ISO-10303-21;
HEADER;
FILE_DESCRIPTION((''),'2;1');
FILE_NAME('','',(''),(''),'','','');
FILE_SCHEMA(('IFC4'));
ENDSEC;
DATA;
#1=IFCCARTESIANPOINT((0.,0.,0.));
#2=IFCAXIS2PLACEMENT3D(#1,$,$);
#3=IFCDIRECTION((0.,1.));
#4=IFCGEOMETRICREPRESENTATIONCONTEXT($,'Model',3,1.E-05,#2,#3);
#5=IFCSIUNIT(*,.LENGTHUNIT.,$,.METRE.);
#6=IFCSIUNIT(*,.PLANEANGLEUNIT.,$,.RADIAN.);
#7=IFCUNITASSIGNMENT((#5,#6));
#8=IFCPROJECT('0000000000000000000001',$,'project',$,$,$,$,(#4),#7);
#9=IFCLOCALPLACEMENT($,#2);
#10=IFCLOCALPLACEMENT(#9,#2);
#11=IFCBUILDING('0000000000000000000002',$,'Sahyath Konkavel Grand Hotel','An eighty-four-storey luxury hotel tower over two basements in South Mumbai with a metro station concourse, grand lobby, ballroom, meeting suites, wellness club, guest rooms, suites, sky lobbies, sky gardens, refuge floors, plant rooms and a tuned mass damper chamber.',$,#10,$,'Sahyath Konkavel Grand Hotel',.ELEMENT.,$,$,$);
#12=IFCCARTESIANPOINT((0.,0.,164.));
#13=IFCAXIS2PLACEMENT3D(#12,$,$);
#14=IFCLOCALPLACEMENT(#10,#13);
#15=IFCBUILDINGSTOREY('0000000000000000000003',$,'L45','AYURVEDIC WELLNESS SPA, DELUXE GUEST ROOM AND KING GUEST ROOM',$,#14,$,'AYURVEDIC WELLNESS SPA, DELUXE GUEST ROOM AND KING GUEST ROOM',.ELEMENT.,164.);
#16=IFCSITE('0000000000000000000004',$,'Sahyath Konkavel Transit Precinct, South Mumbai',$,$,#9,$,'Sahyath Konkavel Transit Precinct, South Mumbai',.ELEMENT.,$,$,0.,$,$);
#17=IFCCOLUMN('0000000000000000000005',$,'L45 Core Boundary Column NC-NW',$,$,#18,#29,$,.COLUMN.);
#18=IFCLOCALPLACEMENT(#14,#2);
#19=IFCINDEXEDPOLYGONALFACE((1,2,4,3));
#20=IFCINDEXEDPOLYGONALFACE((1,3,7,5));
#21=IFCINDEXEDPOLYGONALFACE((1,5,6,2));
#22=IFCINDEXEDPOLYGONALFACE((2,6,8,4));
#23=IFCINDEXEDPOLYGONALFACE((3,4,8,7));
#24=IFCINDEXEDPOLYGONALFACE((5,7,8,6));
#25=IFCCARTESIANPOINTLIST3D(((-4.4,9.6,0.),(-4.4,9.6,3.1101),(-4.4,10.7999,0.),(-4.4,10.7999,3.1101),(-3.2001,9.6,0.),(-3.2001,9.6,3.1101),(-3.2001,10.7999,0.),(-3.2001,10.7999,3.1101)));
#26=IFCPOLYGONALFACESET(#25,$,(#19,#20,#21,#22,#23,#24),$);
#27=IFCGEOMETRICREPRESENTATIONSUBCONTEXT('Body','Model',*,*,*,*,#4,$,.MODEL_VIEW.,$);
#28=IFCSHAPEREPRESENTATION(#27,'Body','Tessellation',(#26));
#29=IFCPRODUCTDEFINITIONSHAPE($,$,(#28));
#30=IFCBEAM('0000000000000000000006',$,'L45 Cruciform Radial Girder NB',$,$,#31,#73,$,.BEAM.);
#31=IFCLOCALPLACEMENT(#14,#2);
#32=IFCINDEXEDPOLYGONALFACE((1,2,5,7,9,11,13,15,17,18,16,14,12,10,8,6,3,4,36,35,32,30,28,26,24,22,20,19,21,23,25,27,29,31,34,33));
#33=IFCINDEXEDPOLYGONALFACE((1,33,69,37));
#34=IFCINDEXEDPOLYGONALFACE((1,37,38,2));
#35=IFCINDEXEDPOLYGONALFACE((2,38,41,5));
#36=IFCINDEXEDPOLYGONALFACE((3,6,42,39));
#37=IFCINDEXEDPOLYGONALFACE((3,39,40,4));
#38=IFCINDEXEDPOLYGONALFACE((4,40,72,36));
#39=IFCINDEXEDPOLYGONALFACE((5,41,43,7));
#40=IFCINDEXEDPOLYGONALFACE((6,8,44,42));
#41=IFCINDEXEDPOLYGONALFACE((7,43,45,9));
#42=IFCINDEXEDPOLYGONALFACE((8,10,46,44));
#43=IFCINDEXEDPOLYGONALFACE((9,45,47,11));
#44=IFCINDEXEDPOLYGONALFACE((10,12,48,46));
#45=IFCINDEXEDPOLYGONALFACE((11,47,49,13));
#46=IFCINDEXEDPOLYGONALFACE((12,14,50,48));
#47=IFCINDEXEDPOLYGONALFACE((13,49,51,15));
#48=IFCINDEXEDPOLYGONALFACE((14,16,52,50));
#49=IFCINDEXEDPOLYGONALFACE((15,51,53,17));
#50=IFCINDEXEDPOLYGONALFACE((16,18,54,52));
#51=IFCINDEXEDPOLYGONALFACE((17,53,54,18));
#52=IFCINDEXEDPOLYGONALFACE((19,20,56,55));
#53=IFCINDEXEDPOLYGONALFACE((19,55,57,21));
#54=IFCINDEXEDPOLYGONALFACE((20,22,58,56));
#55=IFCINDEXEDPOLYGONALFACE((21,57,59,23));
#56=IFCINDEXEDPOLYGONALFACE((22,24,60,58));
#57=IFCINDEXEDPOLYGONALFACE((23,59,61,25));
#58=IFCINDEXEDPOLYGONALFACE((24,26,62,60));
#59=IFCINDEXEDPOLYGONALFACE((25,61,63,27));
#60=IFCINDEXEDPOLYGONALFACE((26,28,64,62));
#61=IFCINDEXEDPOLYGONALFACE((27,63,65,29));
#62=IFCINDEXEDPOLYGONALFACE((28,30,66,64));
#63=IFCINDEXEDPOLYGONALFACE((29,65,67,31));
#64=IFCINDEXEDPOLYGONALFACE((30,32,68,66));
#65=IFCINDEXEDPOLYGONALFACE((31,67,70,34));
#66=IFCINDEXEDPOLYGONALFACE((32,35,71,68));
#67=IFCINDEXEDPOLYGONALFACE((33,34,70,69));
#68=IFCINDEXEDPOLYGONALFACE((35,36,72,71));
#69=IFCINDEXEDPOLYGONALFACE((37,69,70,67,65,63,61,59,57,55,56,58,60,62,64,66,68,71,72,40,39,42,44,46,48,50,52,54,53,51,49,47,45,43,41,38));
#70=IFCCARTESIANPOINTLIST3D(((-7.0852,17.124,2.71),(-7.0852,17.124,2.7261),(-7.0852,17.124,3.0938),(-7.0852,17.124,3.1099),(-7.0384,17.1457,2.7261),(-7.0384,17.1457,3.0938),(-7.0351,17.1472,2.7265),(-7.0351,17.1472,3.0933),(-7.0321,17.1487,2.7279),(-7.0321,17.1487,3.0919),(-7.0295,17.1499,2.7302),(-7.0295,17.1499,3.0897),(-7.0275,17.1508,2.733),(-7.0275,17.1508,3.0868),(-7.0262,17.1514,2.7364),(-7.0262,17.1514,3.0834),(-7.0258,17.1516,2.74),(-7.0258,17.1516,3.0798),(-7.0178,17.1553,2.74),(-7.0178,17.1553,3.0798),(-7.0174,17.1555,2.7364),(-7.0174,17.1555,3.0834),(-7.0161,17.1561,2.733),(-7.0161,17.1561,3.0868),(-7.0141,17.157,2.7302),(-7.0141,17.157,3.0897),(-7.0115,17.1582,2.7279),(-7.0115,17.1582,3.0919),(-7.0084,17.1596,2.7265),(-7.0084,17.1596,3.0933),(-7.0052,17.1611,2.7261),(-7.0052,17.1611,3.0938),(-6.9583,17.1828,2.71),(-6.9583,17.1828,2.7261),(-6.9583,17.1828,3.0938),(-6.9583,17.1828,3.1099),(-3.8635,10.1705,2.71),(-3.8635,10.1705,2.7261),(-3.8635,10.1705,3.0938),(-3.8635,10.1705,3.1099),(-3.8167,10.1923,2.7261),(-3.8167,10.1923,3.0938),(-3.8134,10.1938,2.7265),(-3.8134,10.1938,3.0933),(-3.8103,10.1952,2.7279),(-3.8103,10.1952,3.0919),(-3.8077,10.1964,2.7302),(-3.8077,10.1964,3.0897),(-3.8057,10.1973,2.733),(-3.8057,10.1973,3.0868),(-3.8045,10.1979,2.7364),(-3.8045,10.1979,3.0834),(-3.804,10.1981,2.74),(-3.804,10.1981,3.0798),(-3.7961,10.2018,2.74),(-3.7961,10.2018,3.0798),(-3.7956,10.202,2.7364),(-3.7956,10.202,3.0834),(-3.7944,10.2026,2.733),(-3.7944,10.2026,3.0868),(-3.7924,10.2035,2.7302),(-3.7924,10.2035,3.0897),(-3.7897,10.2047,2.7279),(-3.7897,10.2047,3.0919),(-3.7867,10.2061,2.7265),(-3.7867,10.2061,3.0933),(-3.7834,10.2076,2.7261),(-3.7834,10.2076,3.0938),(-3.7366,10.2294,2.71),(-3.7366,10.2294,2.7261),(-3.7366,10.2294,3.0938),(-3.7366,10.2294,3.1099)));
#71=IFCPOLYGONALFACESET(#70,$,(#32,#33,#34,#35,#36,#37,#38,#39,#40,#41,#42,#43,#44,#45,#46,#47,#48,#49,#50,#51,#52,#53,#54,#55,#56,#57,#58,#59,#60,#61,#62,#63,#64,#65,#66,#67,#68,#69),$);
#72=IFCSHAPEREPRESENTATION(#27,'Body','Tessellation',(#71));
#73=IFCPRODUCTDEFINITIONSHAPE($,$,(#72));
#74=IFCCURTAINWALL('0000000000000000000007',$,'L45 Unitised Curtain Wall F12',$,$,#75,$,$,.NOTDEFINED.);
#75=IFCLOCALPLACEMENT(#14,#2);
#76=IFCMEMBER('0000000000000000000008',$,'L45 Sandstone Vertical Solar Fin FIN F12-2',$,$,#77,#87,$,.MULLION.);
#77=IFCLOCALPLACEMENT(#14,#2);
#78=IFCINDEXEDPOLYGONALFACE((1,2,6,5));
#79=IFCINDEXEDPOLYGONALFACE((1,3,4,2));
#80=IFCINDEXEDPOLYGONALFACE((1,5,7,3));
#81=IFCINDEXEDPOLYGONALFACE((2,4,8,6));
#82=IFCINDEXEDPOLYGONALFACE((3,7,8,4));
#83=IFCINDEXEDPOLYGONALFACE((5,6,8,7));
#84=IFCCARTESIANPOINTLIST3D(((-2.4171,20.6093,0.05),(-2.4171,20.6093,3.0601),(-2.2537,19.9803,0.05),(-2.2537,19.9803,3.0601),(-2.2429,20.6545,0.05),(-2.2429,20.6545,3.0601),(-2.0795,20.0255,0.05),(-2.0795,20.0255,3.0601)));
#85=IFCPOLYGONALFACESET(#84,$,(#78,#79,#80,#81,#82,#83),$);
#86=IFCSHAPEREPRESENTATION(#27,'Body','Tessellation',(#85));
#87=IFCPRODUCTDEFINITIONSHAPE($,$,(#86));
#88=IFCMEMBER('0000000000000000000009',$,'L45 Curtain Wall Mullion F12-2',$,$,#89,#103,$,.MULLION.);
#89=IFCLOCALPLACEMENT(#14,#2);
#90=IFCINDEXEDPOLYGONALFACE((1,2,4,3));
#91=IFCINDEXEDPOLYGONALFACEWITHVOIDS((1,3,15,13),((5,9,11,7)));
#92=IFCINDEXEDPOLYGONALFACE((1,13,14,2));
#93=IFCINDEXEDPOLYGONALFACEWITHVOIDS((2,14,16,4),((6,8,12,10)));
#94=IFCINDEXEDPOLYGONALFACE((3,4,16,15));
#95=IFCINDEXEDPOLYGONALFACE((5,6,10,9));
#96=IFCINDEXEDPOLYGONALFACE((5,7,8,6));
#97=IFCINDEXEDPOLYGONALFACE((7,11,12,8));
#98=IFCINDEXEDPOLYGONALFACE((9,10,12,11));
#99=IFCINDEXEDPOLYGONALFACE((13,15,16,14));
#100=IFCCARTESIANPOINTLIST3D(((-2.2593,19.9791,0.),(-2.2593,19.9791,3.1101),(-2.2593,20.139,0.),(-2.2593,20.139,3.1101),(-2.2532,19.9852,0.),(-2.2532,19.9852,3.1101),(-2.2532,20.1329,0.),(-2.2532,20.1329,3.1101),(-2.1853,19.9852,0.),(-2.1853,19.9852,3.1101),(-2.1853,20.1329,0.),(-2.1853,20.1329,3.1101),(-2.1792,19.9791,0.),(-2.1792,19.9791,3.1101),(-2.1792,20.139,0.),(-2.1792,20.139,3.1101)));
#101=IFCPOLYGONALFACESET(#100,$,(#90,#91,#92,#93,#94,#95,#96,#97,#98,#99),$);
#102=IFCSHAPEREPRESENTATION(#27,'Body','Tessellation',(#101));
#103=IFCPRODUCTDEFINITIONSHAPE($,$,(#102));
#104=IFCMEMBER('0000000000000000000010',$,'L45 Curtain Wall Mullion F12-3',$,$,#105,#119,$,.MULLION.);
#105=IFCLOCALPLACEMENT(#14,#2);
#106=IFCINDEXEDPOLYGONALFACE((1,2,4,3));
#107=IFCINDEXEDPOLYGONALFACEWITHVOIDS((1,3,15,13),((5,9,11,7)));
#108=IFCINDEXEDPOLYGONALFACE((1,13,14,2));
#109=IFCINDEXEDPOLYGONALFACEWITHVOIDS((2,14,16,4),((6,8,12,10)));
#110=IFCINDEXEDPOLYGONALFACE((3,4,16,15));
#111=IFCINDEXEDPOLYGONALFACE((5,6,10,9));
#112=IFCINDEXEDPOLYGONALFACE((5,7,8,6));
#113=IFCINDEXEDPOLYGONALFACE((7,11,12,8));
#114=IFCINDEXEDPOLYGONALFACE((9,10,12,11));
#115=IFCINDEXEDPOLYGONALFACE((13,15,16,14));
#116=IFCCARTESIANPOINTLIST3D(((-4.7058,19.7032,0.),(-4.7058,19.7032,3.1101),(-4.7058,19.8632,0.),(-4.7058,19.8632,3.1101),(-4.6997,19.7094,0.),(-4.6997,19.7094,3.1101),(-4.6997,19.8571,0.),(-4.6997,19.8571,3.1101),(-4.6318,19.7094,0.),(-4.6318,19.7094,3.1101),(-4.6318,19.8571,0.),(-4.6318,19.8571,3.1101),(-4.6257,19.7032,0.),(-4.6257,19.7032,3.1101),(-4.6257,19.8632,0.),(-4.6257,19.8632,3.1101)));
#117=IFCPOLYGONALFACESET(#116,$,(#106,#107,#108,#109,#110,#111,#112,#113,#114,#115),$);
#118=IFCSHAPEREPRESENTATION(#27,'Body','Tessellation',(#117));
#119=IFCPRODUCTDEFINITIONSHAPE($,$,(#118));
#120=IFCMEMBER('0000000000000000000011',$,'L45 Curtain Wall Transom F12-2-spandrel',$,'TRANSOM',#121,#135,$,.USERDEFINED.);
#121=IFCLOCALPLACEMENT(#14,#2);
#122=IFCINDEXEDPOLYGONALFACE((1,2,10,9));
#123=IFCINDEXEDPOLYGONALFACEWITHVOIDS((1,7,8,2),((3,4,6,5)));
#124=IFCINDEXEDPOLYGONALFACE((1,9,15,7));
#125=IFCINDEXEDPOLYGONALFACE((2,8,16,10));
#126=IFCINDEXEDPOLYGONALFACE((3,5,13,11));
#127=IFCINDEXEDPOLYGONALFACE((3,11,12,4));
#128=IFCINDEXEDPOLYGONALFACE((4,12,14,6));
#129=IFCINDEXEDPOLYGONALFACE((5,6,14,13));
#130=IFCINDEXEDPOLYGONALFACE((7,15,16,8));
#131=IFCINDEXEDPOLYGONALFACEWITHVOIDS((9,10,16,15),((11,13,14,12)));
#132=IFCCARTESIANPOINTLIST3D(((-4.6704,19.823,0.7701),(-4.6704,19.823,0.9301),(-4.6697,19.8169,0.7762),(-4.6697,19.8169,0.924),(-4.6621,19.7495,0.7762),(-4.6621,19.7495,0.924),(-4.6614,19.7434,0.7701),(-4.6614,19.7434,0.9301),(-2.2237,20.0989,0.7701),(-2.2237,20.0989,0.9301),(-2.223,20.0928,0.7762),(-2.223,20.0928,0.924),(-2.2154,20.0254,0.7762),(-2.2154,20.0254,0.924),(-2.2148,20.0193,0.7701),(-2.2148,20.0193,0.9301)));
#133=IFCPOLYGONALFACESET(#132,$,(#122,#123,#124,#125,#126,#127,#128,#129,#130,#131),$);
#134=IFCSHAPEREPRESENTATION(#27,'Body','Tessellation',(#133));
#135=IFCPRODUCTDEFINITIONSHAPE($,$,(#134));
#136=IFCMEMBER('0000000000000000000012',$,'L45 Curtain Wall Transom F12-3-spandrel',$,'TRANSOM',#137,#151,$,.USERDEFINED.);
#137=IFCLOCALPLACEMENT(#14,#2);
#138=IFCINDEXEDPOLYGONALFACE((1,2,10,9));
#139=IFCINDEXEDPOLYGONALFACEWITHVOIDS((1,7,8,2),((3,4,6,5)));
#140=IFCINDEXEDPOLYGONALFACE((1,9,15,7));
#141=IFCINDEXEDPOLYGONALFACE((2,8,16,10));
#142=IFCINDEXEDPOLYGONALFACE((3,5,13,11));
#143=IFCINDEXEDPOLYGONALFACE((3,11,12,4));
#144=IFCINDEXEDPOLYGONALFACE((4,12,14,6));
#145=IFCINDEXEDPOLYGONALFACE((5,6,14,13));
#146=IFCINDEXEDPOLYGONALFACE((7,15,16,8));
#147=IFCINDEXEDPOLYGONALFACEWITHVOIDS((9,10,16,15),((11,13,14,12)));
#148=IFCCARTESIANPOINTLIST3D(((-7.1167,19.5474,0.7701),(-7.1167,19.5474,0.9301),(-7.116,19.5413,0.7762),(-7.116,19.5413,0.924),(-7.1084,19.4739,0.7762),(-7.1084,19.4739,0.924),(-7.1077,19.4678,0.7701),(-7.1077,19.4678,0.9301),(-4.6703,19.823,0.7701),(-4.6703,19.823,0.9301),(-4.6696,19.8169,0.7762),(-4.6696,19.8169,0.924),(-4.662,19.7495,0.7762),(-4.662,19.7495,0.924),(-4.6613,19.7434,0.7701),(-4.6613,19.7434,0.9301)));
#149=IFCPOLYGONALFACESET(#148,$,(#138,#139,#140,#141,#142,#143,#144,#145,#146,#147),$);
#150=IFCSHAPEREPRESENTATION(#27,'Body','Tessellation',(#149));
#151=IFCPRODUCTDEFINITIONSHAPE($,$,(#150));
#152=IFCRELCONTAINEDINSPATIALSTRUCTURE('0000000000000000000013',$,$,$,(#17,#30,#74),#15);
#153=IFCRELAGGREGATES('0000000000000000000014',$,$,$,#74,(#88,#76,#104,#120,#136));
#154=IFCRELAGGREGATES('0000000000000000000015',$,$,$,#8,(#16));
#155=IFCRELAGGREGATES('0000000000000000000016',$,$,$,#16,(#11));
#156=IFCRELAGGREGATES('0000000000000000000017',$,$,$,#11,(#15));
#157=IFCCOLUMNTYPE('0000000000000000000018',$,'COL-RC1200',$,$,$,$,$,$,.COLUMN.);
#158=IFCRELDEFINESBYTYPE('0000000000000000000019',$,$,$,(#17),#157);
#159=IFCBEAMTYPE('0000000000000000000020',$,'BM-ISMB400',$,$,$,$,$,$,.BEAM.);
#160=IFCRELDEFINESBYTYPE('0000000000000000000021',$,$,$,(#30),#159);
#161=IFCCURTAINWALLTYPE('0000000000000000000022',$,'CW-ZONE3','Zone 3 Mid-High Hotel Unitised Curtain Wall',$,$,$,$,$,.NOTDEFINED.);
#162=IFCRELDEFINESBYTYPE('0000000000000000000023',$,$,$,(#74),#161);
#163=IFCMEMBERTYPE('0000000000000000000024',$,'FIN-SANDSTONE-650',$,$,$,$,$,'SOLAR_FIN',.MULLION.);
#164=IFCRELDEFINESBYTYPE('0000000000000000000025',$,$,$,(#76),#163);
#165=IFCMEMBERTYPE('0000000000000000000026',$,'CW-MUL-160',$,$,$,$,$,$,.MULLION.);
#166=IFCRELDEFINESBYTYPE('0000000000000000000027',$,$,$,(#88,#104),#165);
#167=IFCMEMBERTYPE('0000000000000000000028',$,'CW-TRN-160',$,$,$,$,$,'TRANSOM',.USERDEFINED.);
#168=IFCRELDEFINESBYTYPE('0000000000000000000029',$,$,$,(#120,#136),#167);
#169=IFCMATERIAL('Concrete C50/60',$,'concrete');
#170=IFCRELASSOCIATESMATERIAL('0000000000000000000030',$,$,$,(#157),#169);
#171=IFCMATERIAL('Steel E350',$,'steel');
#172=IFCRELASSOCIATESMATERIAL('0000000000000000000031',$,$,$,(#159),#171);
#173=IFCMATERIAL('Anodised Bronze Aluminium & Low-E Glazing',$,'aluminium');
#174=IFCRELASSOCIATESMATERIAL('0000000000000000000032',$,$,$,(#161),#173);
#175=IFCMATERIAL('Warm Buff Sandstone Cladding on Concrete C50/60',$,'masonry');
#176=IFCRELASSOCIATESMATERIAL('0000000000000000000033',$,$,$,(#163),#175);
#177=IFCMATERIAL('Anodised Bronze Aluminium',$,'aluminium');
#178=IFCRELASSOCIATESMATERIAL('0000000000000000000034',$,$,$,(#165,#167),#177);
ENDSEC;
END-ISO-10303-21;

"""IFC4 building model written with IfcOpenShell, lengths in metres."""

from ifc_helpers import new_model, si_unit, direction, frame, origin, origin_2d, place, context, subcontext, project, spatial, rectangle, hollow_rectangle, i_section, extrude, source, transform, mapped, material, material_profile, profile_set, type_object, element, aggregate, save


model = new_model("IFC4")

# Units and contexts
model_context = context("Model", 3, precision=1e-05, world=origin(), true_north=direction((0.0, 1.0)))
body_context = subcontext(model_context, "Body", "Model", "MODEL_VIEW")
ifc_project = project(units=[si_unit("LENGTHUNIT", "METRE"), si_unit("PLANEANGLEUNIT", "RADIAN")], contexts=[model_context])

# Site, building, storey
site_placement = place(None, origin())
site = spatial("IfcSite", under=ifc_project, at=site_placement, Name="Sahyath Konkavel Transit Precinct, South Mumbai", LongName="Sahyath Konkavel Transit Precinct, South Mumbai", CompositionType="ELEMENT", RefElevation=0.0)
building_placement = place(site_placement, origin())
building = spatial("IfcBuilding", under=site, at=building_placement, Name="Sahyath Konkavel Grand Hotel", Description="An eighty-four-storey luxury hotel tower over two basements in South Mumbai with a metro station concourse, grand lobby, ballroom, meeting suites, wellness club, guest rooms, suites, sky lobbies, sky gardens, refuge floors, plant rooms and a tuned mass damper chamber.", LongName="Sahyath Konkavel Grand Hotel", CompositionType="ELEMENT")
storey_placement = place(building_placement, frame((0.0, 0.0, 164.0)))
storey = spatial("IfcBuildingStorey", under=building, at=storey_placement, Name="L45", Description="AYURVEDIC WELLNESS SPA, DELUXE GUEST ROOM AND KING GUEST ROOM", LongName="AYURVEDIC WELLNESS SPA, DELUXE GUEST ROOM AND KING GUEST ROOM", CompositionType="ELEMENT", Elevation=164.0)

# Column
ifc_material_1 = material(Name="Concrete C50/60", Category="concrete")
ifc_material_profile_1 = material_profile(ifc_material_1, rectangle(XDim=1.2, YDim=1.2, at=origin_2d()), Name="RC 1200x1200")
ifc_profile_set_1 = profile_set([ifc_material_profile_1], Name="Concrete C50/60")
column_type = type_object("IfcColumnType", Name="COL-RC1200", PredefinedType="COLUMN", material=ifc_profile_set_1)
shared_shape_1 = source(origin(), body_context, "Body", "SweptSolid", [
    extrude(rectangle(XDim=1.2, YDim=1.2, at=origin_2d()), origin(), (0.0, 0.0, 1.0), 3.1101),
])
column_placement = place(storey_placement, frame((-3.8, 10.2, 0.0), z_axis=(0.0, 0.0, 1.0), x_axis=(1.0, 0.0, 0.0)))
element("IfcColumn", 1, at=column_placement, inside=storey, type_object=column_type, Name="L45 Core Boundary Column NC-NW", PredefinedType="COLUMN", context=body_context, shape_type="MappedRepresentation", body=[
    mapped(shared_shape_1, transform((0.0, 0.0, 0.0), scale=1.0)),
])

# Beam
ifc_material_2 = material(Name="Steel E350", Category="steel")
ifc_material_profile_2 = material_profile(ifc_material_2, i_section(OverallWidth=0.1399, OverallDepth=0.3999, WebThickness=0.0088, FlangeThickness=0.0161, FilletRadius=0.0139, at=origin_2d()), Name="ISMB 400")
ifc_profile_set_2 = profile_set([ifc_material_profile_2], Name="Steel E350")
beam_type_1 = type_object("IfcBeamType", Name="BM-ISMB400", PredefinedType="BEAM", material=ifc_profile_set_2)
shared_shape_2 = source(origin(), body_context, "Body", "SweptSolid", [
    extrude(i_section(OverallWidth=0.1399, OverallDepth=0.3999, WebThickness=0.0088, FlangeThickness=0.0161, FilletRadius=0.0139, at=origin_2d()), origin(), (0.0, 0.0, 1.0), 7.6636),
])
beam_1_placement = place(storey_placement, frame((-3.8, 10.2, 2.9099), z_axis=(-0.420395, 0.907341, 0.0), x_axis=(-0.907341, -0.420395, 0.0)))
element("IfcBeam", 2, at=beam_1_placement, inside=storey, type_object=beam_type_1, Name="L45 Cruciform Radial Girder NB", PredefinedType="BEAM", context=body_context, shape_type="MappedRepresentation", body=[
    mapped(shared_shape_2, transform((0.0, 0.0, 0.0), scale=1.0)),
])

# Curtain wall, members
ifc_material_3 = material(Name="Anodised Bronze Aluminium & Low-E Glazing", Category="aluminium")
curtain_wall_type = type_object("IfcCurtainWallType", Name="CW-ZONE3", Description="Zone 3 Mid-High Hotel Unitised Curtain Wall", PredefinedType="NOTDEFINED", material=ifc_material_3)
curtain_wall_placement = place(storey_placement, origin())
curtain_wall = element("IfcCurtainWall", 3, at=curtain_wall_placement, inside=storey, type_object=curtain_wall_type, Name="L45 Unitised Curtain Wall F12", PredefinedType="NOTDEFINED")
ifc_material_4 = material(Name="Warm Buff Sandstone Cladding on Concrete C50/60", Category="masonry")
ifc_material_profile_3 = material_profile(ifc_material_4, rectangle(XDim=0.1799, YDim=0.6499, at=origin_2d()), Name="FIN 180x650")
ifc_profile_set_3 = profile_set([ifc_material_profile_3], Name="Warm Buff Sandstone Cladding on Concrete C50/60")
member_type_1 = type_object("IfcMemberType", Name="FIN-SANDSTONE-650", ElementType="SOLAR_FIN", PredefinedType="MULLION", material=ifc_profile_set_3)
shared_shape_3 = source(origin(), body_context, "Body", "SweptSolid", [
    extrude(rectangle(XDim=0.1799, YDim=0.6499, at=origin_2d()), origin(), (0.0, 0.0, 1.0), 3.01),
])
member_1_placement = place(storey_placement, frame((-2.2483, 20.3174, 0.05), z_axis=(0.0, 0.0, 1.0), x_axis=(0.967885, 0.251394, 0.0)))
member_1 = element("IfcMember", 4, at=member_1_placement, type_object=member_type_1, Name="L45 Sandstone Vertical Solar Fin FIN F12-2", PredefinedType="MULLION", context=body_context, shape_type="MappedRepresentation", body=[
    mapped(shared_shape_3, transform((0.0, 0.0, 0.0), scale=1.0)),
])
ifc_material_5 = material(Name="Anodised Bronze Aluminium", Category="aluminium")
ifc_material_profile_4 = material_profile(ifc_material_5, hollow_rectangle(XDim=0.0801, YDim=0.1599, WallThickness=0.0061, at=origin_2d()), Name="RHS 160x80x6")
ifc_profile_set_4 = profile_set([ifc_material_profile_4], Name="Anodised Bronze Aluminium")
member_type_2 = type_object("IfcMemberType", Name="CW-MUL-160", PredefinedType="MULLION", material=ifc_profile_set_4)
shared_shape_4 = source(origin(), body_context, "Body", "SweptSolid", [
    extrude(hollow_rectangle(XDim=0.0801, YDim=0.1599, WallThickness=0.0061, at=origin_2d()), origin(), (0.0, 0.0, 1.0), 3.1101),
])
member_2_placement = place(storey_placement, frame((-2.2192, 20.0591, 0.0), z_axis=(0.0, 0.0, 1.0), x_axis=(1.0, 0.0, 0.0)))
member_2 = element("IfcMember", 5, at=member_2_placement, type_object=member_type_2, Name="L45 Curtain Wall Mullion F12-2", PredefinedType="MULLION", context=body_context, shape_type="MappedRepresentation", body=[
    mapped(shared_shape_4, transform((0.0, 0.0, 0.0), scale=1.0)),
])
member_3_placement = place(storey_placement, frame((-4.6658, 19.7832, 0.0), z_axis=(0.0, 0.0, 1.0), x_axis=(1.0, 0.0, 0.0)))
member_3 = element("IfcMember", 6, at=member_3_placement, type_object=member_type_2, Name="L45 Curtain Wall Mullion F12-3", PredefinedType="MULLION", context=body_context, shape_type="MappedRepresentation", body=[
    mapped(shared_shape_4, transform((0.0, 0.0, 0.0), scale=1.0)),
])
ifc_material_profile_5 = material_profile(ifc_material_5, hollow_rectangle(XDim=0.0801, YDim=0.1599, WallThickness=0.0061, at=origin_2d()), Name="RHS 160x80x6")
ifc_profile_set_5 = profile_set([ifc_material_profile_5], Name="Anodised Bronze Aluminium")
member_type_3 = type_object("IfcMemberType", Name="CW-TRN-160", ElementType="TRANSOM", PredefinedType="USERDEFINED", material=ifc_profile_set_5)
shared_shape_5 = source(origin(), body_context, "Body", "SweptSolid", [
    extrude(hollow_rectangle(XDim=0.0801, YDim=0.1599, WallThickness=0.0061, at=origin_2d()), origin(), (0.0, 0.0, 1.0), 2.4622),
])
member_4_placement = place(storey_placement, frame((-2.2192, 20.0591, 0.8501), z_axis=(-0.993702, -0.112053, 0.0), x_axis=(0.112053, -0.993702, 0.0)))
member_4 = element("IfcMember", 7, at=member_4_placement, type_object=member_type_3, Name="L45 Curtain Wall Transom F12-2-spandrel", ObjectType="TRANSOM", PredefinedType="USERDEFINED", context=body_context, shape_type="MappedRepresentation", body=[
    mapped(shared_shape_5, transform((0.0, 0.0, 0.0), scale=1.0)),
])
shared_shape_6 = source(origin(), body_context, "Body", "SweptSolid", [
    extrude(hollow_rectangle(XDim=0.0801, YDim=0.1599, WallThickness=0.0061, at=origin_2d()), origin(), (0.0, 0.0, 1.0), 2.4619),
])
member_5_placement = place(storey_placement, frame((-4.6658, 19.7832, 0.8501), z_axis=(-0.993713, -0.111955, 0.0), x_axis=(0.111955, -0.993713, 0.0)))
member_5 = element("IfcMember", 8, at=member_5_placement, type_object=member_type_3, Name="L45 Curtain Wall Transom F12-3-spandrel", ObjectType="TRANSOM", PredefinedType="USERDEFINED", context=body_context, shape_type="MappedRepresentation", body=[
    mapped(shared_shape_6, transform((0.0, 0.0, 0.0), scale=1.0)),
])

aggregate(curtain_wall, [member_2, member_1, member_3, member_4, member_5])

save(model, "model.ifc")
